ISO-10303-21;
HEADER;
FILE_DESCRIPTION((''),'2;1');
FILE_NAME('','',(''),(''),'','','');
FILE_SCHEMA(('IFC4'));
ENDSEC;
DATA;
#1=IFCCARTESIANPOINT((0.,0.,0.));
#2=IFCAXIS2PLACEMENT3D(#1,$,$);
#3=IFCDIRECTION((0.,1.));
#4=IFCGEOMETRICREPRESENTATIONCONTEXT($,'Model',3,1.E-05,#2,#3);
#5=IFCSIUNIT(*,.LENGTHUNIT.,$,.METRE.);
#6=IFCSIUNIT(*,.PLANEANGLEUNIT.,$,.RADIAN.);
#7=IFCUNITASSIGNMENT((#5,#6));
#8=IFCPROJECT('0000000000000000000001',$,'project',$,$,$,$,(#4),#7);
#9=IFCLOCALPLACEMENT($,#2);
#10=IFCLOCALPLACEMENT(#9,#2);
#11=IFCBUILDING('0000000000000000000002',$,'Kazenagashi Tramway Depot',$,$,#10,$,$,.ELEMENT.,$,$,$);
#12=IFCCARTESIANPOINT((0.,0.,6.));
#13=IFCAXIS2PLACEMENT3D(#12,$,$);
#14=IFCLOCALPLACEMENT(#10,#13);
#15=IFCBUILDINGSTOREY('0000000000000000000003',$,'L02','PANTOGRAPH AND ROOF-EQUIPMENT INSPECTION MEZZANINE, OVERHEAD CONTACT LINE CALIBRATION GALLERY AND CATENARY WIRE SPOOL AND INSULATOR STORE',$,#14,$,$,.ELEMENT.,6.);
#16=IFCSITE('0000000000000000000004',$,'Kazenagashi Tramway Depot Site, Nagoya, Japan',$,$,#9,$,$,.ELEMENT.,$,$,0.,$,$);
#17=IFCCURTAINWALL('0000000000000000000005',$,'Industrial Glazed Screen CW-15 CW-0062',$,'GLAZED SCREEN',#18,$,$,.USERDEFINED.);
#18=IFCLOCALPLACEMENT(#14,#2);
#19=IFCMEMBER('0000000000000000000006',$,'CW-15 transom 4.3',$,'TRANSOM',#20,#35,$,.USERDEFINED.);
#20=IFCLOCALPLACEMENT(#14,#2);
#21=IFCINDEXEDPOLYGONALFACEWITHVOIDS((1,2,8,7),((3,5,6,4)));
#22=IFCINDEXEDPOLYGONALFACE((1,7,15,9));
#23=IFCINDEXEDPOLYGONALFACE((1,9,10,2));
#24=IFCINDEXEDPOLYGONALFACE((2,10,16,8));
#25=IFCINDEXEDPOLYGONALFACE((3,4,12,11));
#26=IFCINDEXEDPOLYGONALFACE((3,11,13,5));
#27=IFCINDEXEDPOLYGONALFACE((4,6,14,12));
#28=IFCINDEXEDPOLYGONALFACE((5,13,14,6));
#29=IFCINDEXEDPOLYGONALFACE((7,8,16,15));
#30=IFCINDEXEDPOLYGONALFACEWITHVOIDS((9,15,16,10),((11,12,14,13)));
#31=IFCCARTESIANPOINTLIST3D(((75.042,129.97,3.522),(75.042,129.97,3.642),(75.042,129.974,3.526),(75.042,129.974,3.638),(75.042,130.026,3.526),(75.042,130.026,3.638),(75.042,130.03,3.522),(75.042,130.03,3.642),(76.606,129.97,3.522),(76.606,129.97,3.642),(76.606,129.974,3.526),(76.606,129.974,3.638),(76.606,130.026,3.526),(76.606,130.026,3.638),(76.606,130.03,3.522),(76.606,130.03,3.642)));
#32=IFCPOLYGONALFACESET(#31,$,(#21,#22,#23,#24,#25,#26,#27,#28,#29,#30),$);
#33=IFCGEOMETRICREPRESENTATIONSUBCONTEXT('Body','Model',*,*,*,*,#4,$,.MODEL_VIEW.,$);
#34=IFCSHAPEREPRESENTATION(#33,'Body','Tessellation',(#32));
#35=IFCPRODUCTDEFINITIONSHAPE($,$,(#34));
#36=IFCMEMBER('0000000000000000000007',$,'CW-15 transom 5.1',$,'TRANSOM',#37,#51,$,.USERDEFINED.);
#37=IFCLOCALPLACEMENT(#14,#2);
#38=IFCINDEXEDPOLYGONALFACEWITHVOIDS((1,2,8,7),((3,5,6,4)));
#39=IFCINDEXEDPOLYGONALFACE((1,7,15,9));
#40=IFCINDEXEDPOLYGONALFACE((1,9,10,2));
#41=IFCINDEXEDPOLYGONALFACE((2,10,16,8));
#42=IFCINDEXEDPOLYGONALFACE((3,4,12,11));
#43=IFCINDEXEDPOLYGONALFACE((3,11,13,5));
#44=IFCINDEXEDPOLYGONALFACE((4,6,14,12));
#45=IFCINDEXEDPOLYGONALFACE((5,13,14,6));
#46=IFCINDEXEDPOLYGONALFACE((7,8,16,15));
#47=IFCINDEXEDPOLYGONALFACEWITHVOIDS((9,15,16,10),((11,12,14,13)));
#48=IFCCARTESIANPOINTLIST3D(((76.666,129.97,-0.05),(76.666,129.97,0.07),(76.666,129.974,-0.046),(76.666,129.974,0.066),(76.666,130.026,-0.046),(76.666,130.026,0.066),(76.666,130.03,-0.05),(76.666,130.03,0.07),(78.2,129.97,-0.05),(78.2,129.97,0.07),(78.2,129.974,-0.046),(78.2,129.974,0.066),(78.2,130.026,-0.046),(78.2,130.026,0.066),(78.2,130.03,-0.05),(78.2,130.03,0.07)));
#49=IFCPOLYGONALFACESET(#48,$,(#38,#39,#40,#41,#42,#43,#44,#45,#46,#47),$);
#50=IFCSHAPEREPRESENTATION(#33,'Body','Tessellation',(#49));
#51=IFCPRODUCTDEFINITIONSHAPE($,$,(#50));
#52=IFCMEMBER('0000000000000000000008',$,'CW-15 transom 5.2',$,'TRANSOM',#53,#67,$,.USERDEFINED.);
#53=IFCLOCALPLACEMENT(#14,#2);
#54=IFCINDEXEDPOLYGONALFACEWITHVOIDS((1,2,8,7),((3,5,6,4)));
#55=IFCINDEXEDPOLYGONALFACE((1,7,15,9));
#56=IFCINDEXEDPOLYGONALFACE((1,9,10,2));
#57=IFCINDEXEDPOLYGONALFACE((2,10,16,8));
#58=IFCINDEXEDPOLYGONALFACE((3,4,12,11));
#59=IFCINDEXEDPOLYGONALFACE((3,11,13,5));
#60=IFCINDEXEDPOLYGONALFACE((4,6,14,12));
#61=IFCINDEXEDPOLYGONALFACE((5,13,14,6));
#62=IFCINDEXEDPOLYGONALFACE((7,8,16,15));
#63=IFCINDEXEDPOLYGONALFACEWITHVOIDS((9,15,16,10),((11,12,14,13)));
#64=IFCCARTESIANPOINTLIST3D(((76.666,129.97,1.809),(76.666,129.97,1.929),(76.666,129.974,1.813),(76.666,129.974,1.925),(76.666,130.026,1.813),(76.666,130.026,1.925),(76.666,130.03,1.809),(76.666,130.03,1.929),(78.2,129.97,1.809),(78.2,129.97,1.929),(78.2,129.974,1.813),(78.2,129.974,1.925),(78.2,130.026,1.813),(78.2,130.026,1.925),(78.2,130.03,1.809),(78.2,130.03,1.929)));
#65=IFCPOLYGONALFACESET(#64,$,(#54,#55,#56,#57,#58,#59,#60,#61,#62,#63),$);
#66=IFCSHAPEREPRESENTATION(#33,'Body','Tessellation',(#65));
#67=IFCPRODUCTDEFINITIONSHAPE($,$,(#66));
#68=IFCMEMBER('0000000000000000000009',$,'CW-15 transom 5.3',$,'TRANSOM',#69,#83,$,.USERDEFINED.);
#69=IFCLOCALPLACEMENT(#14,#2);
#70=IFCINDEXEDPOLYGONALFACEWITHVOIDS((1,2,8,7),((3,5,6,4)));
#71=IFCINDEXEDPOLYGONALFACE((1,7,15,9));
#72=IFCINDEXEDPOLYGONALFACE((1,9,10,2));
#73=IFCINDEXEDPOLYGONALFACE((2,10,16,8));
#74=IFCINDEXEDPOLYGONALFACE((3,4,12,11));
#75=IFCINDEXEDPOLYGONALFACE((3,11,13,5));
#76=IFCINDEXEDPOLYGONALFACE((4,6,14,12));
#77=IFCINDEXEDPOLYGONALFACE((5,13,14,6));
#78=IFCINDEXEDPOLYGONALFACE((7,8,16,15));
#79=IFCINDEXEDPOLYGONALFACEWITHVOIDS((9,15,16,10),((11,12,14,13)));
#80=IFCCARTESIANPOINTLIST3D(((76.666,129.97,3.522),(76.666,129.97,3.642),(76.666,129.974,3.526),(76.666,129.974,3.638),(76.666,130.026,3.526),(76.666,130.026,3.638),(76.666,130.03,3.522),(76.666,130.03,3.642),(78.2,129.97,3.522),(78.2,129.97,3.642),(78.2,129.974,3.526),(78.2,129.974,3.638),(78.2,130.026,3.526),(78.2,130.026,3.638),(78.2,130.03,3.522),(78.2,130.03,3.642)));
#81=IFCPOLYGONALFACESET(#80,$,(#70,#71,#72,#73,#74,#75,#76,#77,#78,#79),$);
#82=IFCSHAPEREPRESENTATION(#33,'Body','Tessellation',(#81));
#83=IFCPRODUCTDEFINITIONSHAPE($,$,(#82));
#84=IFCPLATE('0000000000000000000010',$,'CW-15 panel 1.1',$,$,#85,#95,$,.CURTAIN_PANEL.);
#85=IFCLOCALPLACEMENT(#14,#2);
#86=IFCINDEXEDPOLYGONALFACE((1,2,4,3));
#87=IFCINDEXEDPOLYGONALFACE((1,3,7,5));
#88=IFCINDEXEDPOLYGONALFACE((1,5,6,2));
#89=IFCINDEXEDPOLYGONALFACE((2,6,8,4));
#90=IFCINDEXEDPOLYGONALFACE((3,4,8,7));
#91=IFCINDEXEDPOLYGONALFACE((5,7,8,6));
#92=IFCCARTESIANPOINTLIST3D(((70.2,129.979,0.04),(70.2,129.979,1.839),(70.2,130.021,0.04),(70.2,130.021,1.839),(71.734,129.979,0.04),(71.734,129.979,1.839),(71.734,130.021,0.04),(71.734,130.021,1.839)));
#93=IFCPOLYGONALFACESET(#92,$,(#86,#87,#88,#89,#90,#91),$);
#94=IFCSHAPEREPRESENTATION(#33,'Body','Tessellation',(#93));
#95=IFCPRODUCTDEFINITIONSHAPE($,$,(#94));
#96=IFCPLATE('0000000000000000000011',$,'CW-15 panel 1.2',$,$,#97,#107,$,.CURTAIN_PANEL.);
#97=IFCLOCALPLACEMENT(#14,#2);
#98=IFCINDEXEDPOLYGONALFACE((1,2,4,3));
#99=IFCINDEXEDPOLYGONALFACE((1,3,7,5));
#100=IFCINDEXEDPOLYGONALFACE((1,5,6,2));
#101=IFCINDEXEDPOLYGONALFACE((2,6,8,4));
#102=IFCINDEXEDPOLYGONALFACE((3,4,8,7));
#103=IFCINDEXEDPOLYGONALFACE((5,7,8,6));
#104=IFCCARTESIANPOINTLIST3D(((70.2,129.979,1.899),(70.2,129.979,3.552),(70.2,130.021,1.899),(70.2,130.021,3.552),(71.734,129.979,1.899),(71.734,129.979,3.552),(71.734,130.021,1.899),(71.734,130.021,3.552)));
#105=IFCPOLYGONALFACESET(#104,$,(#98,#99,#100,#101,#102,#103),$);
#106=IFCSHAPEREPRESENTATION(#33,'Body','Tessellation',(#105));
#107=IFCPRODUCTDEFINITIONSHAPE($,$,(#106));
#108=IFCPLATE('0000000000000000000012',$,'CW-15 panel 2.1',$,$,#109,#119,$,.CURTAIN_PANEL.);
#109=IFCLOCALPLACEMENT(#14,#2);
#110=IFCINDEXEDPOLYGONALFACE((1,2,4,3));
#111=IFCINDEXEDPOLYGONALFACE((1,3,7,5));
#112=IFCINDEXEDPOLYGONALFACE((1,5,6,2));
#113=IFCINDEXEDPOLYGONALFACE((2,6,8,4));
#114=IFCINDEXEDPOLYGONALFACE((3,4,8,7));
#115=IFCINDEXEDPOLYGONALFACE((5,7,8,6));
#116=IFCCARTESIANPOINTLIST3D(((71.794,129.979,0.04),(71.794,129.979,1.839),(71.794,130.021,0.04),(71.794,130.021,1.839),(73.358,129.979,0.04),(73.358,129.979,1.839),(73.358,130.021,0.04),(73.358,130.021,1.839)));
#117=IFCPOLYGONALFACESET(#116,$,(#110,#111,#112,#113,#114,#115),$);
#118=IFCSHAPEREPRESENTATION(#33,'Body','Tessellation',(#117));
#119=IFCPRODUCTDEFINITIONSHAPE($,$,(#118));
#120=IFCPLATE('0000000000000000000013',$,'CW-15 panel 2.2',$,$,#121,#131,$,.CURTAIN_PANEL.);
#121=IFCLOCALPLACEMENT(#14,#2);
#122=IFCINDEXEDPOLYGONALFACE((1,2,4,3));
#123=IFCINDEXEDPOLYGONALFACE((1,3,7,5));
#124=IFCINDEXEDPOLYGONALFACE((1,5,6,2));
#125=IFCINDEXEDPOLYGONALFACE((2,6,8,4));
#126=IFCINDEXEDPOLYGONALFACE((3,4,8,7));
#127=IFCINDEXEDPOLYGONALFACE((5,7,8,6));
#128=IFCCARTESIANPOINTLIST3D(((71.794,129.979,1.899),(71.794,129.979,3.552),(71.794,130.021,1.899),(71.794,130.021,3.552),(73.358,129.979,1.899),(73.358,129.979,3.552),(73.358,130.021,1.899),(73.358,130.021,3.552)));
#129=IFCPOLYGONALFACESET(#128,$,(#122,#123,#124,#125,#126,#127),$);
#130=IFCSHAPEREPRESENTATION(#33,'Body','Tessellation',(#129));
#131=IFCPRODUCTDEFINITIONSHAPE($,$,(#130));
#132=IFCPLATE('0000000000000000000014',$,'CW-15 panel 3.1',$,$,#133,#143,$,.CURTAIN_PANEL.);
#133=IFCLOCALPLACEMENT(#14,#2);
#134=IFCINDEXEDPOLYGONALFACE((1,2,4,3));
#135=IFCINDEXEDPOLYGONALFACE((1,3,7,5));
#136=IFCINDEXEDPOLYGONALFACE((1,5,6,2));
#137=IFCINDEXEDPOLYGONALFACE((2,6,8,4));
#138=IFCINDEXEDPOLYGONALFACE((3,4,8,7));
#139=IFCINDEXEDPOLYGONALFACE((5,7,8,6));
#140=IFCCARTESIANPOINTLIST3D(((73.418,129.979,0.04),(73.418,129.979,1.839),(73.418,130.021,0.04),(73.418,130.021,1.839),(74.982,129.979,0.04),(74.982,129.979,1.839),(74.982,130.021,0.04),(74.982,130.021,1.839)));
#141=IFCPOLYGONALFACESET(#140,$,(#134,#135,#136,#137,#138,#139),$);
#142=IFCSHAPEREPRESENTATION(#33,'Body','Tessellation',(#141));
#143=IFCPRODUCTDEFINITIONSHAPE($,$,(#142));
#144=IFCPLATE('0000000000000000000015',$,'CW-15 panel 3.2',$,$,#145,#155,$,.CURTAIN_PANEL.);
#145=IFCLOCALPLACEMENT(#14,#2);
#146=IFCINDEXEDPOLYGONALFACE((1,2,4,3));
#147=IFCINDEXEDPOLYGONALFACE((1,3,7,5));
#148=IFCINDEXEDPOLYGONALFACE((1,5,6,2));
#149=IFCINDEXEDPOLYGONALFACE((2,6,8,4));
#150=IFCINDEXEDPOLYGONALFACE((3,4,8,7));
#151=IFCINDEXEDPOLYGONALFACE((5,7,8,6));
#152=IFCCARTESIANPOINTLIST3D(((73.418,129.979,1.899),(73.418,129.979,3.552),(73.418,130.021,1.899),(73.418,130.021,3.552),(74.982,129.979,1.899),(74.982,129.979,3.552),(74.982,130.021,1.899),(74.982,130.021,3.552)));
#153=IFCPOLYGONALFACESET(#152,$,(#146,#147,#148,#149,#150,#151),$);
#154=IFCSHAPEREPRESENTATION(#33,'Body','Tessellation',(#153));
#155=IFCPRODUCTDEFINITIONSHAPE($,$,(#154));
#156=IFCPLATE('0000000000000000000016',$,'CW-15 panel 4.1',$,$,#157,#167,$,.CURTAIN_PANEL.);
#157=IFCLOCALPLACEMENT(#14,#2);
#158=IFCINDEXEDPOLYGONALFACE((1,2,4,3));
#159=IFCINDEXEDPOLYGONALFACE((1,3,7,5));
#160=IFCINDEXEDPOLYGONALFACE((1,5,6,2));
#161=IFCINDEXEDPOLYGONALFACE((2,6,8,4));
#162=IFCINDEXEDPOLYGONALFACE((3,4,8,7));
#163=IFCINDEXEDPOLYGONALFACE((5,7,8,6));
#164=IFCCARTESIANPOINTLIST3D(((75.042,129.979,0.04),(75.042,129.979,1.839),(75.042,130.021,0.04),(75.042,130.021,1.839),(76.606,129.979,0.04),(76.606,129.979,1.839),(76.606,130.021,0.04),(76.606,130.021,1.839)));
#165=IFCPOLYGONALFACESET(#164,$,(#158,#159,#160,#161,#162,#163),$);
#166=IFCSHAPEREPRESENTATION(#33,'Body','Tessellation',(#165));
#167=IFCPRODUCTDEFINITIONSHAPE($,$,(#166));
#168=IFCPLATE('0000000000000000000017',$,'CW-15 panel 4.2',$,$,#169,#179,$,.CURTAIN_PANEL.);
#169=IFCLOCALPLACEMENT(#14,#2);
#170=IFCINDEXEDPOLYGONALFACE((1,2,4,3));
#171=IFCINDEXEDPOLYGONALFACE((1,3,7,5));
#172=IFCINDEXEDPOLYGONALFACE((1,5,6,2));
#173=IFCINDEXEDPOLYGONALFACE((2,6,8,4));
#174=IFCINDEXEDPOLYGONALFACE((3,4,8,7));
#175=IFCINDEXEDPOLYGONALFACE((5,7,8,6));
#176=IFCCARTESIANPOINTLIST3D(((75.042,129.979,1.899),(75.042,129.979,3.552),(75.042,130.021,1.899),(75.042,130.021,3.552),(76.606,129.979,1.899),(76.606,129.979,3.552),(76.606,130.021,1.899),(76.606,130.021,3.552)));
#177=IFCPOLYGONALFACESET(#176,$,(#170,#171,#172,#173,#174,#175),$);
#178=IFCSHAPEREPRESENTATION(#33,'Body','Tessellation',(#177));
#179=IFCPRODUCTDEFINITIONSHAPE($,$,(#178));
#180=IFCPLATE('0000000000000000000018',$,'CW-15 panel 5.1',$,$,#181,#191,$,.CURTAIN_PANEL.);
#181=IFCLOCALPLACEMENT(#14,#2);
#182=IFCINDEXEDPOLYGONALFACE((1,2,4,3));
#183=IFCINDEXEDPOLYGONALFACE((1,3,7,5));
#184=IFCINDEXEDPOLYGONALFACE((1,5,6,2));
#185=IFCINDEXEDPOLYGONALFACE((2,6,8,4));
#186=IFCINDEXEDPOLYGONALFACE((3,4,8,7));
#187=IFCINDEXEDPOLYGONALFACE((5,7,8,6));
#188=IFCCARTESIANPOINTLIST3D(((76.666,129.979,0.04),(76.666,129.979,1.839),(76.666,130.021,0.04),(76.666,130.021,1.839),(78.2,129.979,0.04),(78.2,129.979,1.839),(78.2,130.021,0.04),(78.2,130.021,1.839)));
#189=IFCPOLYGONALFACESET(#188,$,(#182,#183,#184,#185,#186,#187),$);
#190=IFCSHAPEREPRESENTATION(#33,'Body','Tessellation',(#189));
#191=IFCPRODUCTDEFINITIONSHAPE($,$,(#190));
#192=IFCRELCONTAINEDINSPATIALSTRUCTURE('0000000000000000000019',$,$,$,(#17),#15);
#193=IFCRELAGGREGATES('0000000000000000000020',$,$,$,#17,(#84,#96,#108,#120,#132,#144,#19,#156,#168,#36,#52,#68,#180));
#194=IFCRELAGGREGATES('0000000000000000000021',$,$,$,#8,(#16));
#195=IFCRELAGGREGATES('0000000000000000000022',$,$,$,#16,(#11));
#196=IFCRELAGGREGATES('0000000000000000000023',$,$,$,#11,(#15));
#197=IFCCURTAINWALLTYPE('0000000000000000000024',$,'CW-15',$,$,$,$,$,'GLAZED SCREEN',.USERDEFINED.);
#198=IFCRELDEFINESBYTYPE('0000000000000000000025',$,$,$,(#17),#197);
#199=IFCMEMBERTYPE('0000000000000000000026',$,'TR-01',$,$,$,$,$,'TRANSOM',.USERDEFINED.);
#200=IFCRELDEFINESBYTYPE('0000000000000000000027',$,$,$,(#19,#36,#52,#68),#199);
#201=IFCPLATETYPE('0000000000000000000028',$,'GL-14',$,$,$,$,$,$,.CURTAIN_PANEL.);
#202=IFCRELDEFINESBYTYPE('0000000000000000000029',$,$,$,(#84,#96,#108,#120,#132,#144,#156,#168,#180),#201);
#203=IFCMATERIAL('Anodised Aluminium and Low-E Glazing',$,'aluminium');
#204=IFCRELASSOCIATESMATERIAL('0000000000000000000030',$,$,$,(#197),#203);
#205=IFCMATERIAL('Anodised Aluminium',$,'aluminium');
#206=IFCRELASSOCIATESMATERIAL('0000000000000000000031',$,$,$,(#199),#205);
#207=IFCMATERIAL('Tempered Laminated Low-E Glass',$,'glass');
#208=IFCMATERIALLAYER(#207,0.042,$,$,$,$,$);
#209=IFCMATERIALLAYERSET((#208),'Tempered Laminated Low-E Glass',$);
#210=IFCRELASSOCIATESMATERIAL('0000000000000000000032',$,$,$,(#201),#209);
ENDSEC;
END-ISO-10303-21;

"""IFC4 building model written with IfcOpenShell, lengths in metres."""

from ifc_helpers import new_model, si_unit, direction, frame, origin, origin_2d, place, context, subcontext, project, spatial, rectangle, hollow_rectangle, extrude, material, layer, layer_set, material_profile, profile_set, type_object, element, aggregate, save


model = new_model("IFC4")

# Units and contexts
model_context = context("Model", 3, precision=1e-05, world=origin(), true_north=direction((0.0, 1.0)))
body_context = subcontext(model_context, "Body", "Model", "MODEL_VIEW")
ifc_project = project(units=[si_unit("LENGTHUNIT", "METRE"), si_unit("PLANEANGLEUNIT", "RADIAN")], contexts=[model_context])

# Site, building, storey
site_placement = place(None, origin())
site = spatial("IfcSite", under=ifc_project, at=site_placement, Name="Kazenagashi Tramway Depot Site, Nagoya, Japan", CompositionType="ELEMENT", RefElevation=0.0)
building_placement = place(site_placement, origin())
building = spatial("IfcBuilding", under=site, at=building_placement, Name="Kazenagashi Tramway Depot", CompositionType="ELEMENT")
storey_placement = place(building_placement, frame((0.0, 0.0, 6.0)))
storey = spatial("IfcBuildingStorey", under=building, at=storey_placement, Name="L02", Description="PANTOGRAPH AND ROOF-EQUIPMENT INSPECTION MEZZANINE, OVERHEAD CONTACT LINE CALIBRATION GALLERY AND CATENARY WIRE SPOOL AND INSULATOR STORE", CompositionType="ELEMENT", Elevation=6.0)

# Shared definitions
ifc_material_1 = material(Name="Anodised Aluminium and Low-E Glazing", Category="aluminium")
curtain_wall_type = type_object("IfcCurtainWallType", Name="CW-15", ElementType="GLAZED SCREEN", PredefinedType="USERDEFINED", material=ifc_material_1)
ifc_material_2 = material(Name="Anodised Aluminium", Category="aluminium")

# Curtain wall
curtain_wall_1_placement = place(storey_placement, origin())
curtain_wall_1 = element("IfcCurtainWall", 1, at=curtain_wall_1_placement, inside=storey, type_object=curtain_wall_type, Name="Industrial Glazed Screen CW-15 CW-0062", ObjectType="GLAZED SCREEN", PredefinedType="USERDEFINED")

# Members
ifc_material_profile_1 = material_profile(ifc_material_2, hollow_rectangle(XDim=0.06, YDim=0.12, WallThickness=0.004, at=origin_2d()), Name="RHS-120x60x4")
ifc_profile_set_1 = profile_set([ifc_material_profile_1], Name="Anodised Aluminium")
member_type_1 = type_object("IfcMemberType", Name="TR-01", ElementType="TRANSOM", PredefinedType="USERDEFINED", material=ifc_profile_set_1)
member_1_placement = place(storey_placement, frame((75.042, 130.0, 3.582), z_axis=(1.0, 0.0, 0.0), x_axis=(0.0, 1.0, 0.0)))
member_1 = element("IfcMember", 2, at=member_1_placement, type_object=member_type_1, Name="CW-15 transom 4.3", ObjectType="TRANSOM", PredefinedType="USERDEFINED", context=body_context, shape_type="SweptSolid", body=[
    extrude(hollow_rectangle(XDim=0.06, YDim=0.12, WallThickness=0.004, at=origin_2d()), origin(), (0.0, 0.0, 1.0), 1.564),
])
member_2_placement = place(storey_placement, frame((76.666, 130.0, 0.01), z_axis=(1.0, 0.0, 0.0), x_axis=(0.0, 1.0, 0.0)))
member_2 = element("IfcMember", 3, at=member_2_placement, type_object=member_type_1, Name="CW-15 transom 5.1", ObjectType="TRANSOM", PredefinedType="USERDEFINED", context=body_context, shape_type="SweptSolid", body=[
    extrude(hollow_rectangle(XDim=0.06, YDim=0.12, WallThickness=0.004, at=origin_2d()), origin(), (0.0, 0.0, 1.0), 1.534),
])
member_3_placement = place(storey_placement, frame((76.666, 130.0, 1.869), z_axis=(1.0, 0.0, 0.0), x_axis=(0.0, 1.0, 0.0)))
member_3 = element("IfcMember", 4, at=member_3_placement, type_object=member_type_1, Name="CW-15 transom 5.2", ObjectType="TRANSOM", PredefinedType="USERDEFINED", context=body_context, shape_type="SweptSolid", body=[
    extrude(hollow_rectangle(XDim=0.06, YDim=0.12, WallThickness=0.004, at=origin_2d()), origin(), (0.0, 0.0, 1.0), 1.534),
])
member_4_placement = place(storey_placement, frame((76.666, 130.0, 3.582), z_axis=(1.0, 0.0, 0.0), x_axis=(0.0, 1.0, 0.0)))
member_4 = element("IfcMember", 5, at=member_4_placement, type_object=member_type_1, Name="CW-15 transom 5.3", ObjectType="TRANSOM", PredefinedType="USERDEFINED", context=body_context, shape_type="SweptSolid", body=[
    extrude(hollow_rectangle(XDim=0.06, YDim=0.12, WallThickness=0.004, at=origin_2d()), origin(), (0.0, 0.0, 1.0), 1.534),
])

# Plates
ifc_material_3 = material(Name="Tempered Laminated Low-E Glass", Category="glass")
ifc_layer = layer(ifc_material_3, 0.042)
ifc_layer_set = layer_set([ifc_layer], Name="Tempered Laminated Low-E Glass")
plate_type = type_object("IfcPlateType", Name="GL-14", PredefinedType="CURTAIN_PANEL", material=ifc_layer_set)
plate_1_placement = place(storey_placement, frame((70.967, 130.0, 0.04), z_axis=(0.0, 0.0, 1.0), x_axis=(1.0, 0.0, 0.0)))
plate_1 = element("IfcPlate", 6, at=plate_1_placement, type_object=plate_type, Name="CW-15 panel 1.1", PredefinedType="CURTAIN_PANEL", context=body_context, shape_type="SweptSolid", body=[
    extrude(rectangle(XDim=1.534, YDim=0.042, at=origin_2d()), origin(), (0.0, 0.0, 1.0), 1.799),
])
plate_2_placement = place(storey_placement, frame((70.967, 130.0, 1.899), z_axis=(0.0, 0.0, 1.0), x_axis=(1.0, 0.0, 0.0)))
plate_2 = element("IfcPlate", 7, at=plate_2_placement, type_object=plate_type, Name="CW-15 panel 1.2", PredefinedType="CURTAIN_PANEL", context=body_context, shape_type="SweptSolid", body=[
    extrude(rectangle(XDim=1.534, YDim=0.042, at=origin_2d()), origin(), (0.0, 0.0, 1.0), 1.653),
])
plate_3_placement = place(storey_placement, frame((72.576, 130.0, 0.04), z_axis=(0.0, 0.0, 1.0), x_axis=(1.0, 0.0, 0.0)))
plate_3 = element("IfcPlate", 8, at=plate_3_placement, type_object=plate_type, Name="CW-15 panel 2.1", PredefinedType="CURTAIN_PANEL", context=body_context, shape_type="SweptSolid", body=[
    extrude(rectangle(XDim=1.564, YDim=0.042, at=origin_2d()), origin(), (0.0, 0.0, 1.0), 1.799),
])
plate_4_placement = place(storey_placement, frame((72.576, 130.0, 1.899), z_axis=(0.0, 0.0, 1.0), x_axis=(1.0, 0.0, 0.0)))
plate_4 = element("IfcPlate", 9, at=plate_4_placement, type_object=plate_type, Name="CW-15 panel 2.2", PredefinedType="CURTAIN_PANEL", context=body_context, shape_type="SweptSolid", body=[
    extrude(rectangle(XDim=1.564, YDim=0.042, at=origin_2d()), origin(), (0.0, 0.0, 1.0), 1.653),
])
plate_5_placement = place(storey_placement, frame((74.2, 130.0, 0.04), z_axis=(0.0, 0.0, 1.0), x_axis=(1.0, 0.0, 0.0)))
plate_5 = element("IfcPlate", 10, at=plate_5_placement, type_object=plate_type, Name="CW-15 panel 3.1", PredefinedType="CURTAIN_PANEL", context=body_context, shape_type="SweptSolid", body=[
    extrude(rectangle(XDim=1.564, YDim=0.042, at=origin_2d()), origin(), (0.0, 0.0, 1.0), 1.799),
])
plate_6_placement = place(storey_placement, frame((74.2, 130.0, 1.899), z_axis=(0.0, 0.0, 1.0), x_axis=(1.0, 0.0, 0.0)))
plate_6 = element("IfcPlate", 11, at=plate_6_placement, type_object=plate_type, Name="CW-15 panel 3.2", PredefinedType="CURTAIN_PANEL", context=body_context, shape_type="SweptSolid", body=[
    extrude(rectangle(XDim=1.564, YDim=0.042, at=origin_2d()), origin(), (0.0, 0.0, 1.0), 1.653),
])
plate_7_placement = place(storey_placement, frame((75.824, 130.0, 0.04), z_axis=(0.0, 0.0, 1.0), x_axis=(1.0, 0.0, 0.0)))
plate_7 = element("IfcPlate", 12, at=plate_7_placement, type_object=plate_type, Name="CW-15 panel 4.1", PredefinedType="CURTAIN_PANEL", context=body_context, shape_type="SweptSolid", body=[
    extrude(rectangle(XDim=1.564, YDim=0.042, at=origin_2d()), origin(), (0.0, 0.0, 1.0), 1.799),
])
plate_8_placement = place(storey_placement, frame((75.824, 130.0, 1.899), z_axis=(0.0, 0.0, 1.0), x_axis=(1.0, 0.0, 0.0)))
plate_8 = element("IfcPlate", 13, at=plate_8_placement, type_object=plate_type, Name="CW-15 panel 4.2", PredefinedType="CURTAIN_PANEL", context=body_context, shape_type="SweptSolid", body=[
    extrude(rectangle(XDim=1.564, YDim=0.042, at=origin_2d()), origin(), (0.0, 0.0, 1.0), 1.653),
])
plate_9_placement = place(storey_placement, frame((77.433, 130.0, 0.04), z_axis=(0.0, 0.0, 1.0), x_axis=(1.0, 0.0, 0.0)))
plate_9 = element("IfcPlate", 14, at=plate_9_placement, type_object=plate_type, Name="CW-15 panel 5.1", PredefinedType="CURTAIN_PANEL", context=body_context, shape_type="SweptSolid", body=[
    extrude(rectangle(XDim=1.534, YDim=0.042, at=origin_2d()), origin(), (0.0, 0.0, 1.0), 1.799),
])
aggregate(curtain_wall_1, [plate_1, plate_2, plate_3, plate_4, plate_5, plate_6, member_1, plate_7, plate_8, member_2, member_3, member_4, plate_9])

save(model, "model.ifc")
